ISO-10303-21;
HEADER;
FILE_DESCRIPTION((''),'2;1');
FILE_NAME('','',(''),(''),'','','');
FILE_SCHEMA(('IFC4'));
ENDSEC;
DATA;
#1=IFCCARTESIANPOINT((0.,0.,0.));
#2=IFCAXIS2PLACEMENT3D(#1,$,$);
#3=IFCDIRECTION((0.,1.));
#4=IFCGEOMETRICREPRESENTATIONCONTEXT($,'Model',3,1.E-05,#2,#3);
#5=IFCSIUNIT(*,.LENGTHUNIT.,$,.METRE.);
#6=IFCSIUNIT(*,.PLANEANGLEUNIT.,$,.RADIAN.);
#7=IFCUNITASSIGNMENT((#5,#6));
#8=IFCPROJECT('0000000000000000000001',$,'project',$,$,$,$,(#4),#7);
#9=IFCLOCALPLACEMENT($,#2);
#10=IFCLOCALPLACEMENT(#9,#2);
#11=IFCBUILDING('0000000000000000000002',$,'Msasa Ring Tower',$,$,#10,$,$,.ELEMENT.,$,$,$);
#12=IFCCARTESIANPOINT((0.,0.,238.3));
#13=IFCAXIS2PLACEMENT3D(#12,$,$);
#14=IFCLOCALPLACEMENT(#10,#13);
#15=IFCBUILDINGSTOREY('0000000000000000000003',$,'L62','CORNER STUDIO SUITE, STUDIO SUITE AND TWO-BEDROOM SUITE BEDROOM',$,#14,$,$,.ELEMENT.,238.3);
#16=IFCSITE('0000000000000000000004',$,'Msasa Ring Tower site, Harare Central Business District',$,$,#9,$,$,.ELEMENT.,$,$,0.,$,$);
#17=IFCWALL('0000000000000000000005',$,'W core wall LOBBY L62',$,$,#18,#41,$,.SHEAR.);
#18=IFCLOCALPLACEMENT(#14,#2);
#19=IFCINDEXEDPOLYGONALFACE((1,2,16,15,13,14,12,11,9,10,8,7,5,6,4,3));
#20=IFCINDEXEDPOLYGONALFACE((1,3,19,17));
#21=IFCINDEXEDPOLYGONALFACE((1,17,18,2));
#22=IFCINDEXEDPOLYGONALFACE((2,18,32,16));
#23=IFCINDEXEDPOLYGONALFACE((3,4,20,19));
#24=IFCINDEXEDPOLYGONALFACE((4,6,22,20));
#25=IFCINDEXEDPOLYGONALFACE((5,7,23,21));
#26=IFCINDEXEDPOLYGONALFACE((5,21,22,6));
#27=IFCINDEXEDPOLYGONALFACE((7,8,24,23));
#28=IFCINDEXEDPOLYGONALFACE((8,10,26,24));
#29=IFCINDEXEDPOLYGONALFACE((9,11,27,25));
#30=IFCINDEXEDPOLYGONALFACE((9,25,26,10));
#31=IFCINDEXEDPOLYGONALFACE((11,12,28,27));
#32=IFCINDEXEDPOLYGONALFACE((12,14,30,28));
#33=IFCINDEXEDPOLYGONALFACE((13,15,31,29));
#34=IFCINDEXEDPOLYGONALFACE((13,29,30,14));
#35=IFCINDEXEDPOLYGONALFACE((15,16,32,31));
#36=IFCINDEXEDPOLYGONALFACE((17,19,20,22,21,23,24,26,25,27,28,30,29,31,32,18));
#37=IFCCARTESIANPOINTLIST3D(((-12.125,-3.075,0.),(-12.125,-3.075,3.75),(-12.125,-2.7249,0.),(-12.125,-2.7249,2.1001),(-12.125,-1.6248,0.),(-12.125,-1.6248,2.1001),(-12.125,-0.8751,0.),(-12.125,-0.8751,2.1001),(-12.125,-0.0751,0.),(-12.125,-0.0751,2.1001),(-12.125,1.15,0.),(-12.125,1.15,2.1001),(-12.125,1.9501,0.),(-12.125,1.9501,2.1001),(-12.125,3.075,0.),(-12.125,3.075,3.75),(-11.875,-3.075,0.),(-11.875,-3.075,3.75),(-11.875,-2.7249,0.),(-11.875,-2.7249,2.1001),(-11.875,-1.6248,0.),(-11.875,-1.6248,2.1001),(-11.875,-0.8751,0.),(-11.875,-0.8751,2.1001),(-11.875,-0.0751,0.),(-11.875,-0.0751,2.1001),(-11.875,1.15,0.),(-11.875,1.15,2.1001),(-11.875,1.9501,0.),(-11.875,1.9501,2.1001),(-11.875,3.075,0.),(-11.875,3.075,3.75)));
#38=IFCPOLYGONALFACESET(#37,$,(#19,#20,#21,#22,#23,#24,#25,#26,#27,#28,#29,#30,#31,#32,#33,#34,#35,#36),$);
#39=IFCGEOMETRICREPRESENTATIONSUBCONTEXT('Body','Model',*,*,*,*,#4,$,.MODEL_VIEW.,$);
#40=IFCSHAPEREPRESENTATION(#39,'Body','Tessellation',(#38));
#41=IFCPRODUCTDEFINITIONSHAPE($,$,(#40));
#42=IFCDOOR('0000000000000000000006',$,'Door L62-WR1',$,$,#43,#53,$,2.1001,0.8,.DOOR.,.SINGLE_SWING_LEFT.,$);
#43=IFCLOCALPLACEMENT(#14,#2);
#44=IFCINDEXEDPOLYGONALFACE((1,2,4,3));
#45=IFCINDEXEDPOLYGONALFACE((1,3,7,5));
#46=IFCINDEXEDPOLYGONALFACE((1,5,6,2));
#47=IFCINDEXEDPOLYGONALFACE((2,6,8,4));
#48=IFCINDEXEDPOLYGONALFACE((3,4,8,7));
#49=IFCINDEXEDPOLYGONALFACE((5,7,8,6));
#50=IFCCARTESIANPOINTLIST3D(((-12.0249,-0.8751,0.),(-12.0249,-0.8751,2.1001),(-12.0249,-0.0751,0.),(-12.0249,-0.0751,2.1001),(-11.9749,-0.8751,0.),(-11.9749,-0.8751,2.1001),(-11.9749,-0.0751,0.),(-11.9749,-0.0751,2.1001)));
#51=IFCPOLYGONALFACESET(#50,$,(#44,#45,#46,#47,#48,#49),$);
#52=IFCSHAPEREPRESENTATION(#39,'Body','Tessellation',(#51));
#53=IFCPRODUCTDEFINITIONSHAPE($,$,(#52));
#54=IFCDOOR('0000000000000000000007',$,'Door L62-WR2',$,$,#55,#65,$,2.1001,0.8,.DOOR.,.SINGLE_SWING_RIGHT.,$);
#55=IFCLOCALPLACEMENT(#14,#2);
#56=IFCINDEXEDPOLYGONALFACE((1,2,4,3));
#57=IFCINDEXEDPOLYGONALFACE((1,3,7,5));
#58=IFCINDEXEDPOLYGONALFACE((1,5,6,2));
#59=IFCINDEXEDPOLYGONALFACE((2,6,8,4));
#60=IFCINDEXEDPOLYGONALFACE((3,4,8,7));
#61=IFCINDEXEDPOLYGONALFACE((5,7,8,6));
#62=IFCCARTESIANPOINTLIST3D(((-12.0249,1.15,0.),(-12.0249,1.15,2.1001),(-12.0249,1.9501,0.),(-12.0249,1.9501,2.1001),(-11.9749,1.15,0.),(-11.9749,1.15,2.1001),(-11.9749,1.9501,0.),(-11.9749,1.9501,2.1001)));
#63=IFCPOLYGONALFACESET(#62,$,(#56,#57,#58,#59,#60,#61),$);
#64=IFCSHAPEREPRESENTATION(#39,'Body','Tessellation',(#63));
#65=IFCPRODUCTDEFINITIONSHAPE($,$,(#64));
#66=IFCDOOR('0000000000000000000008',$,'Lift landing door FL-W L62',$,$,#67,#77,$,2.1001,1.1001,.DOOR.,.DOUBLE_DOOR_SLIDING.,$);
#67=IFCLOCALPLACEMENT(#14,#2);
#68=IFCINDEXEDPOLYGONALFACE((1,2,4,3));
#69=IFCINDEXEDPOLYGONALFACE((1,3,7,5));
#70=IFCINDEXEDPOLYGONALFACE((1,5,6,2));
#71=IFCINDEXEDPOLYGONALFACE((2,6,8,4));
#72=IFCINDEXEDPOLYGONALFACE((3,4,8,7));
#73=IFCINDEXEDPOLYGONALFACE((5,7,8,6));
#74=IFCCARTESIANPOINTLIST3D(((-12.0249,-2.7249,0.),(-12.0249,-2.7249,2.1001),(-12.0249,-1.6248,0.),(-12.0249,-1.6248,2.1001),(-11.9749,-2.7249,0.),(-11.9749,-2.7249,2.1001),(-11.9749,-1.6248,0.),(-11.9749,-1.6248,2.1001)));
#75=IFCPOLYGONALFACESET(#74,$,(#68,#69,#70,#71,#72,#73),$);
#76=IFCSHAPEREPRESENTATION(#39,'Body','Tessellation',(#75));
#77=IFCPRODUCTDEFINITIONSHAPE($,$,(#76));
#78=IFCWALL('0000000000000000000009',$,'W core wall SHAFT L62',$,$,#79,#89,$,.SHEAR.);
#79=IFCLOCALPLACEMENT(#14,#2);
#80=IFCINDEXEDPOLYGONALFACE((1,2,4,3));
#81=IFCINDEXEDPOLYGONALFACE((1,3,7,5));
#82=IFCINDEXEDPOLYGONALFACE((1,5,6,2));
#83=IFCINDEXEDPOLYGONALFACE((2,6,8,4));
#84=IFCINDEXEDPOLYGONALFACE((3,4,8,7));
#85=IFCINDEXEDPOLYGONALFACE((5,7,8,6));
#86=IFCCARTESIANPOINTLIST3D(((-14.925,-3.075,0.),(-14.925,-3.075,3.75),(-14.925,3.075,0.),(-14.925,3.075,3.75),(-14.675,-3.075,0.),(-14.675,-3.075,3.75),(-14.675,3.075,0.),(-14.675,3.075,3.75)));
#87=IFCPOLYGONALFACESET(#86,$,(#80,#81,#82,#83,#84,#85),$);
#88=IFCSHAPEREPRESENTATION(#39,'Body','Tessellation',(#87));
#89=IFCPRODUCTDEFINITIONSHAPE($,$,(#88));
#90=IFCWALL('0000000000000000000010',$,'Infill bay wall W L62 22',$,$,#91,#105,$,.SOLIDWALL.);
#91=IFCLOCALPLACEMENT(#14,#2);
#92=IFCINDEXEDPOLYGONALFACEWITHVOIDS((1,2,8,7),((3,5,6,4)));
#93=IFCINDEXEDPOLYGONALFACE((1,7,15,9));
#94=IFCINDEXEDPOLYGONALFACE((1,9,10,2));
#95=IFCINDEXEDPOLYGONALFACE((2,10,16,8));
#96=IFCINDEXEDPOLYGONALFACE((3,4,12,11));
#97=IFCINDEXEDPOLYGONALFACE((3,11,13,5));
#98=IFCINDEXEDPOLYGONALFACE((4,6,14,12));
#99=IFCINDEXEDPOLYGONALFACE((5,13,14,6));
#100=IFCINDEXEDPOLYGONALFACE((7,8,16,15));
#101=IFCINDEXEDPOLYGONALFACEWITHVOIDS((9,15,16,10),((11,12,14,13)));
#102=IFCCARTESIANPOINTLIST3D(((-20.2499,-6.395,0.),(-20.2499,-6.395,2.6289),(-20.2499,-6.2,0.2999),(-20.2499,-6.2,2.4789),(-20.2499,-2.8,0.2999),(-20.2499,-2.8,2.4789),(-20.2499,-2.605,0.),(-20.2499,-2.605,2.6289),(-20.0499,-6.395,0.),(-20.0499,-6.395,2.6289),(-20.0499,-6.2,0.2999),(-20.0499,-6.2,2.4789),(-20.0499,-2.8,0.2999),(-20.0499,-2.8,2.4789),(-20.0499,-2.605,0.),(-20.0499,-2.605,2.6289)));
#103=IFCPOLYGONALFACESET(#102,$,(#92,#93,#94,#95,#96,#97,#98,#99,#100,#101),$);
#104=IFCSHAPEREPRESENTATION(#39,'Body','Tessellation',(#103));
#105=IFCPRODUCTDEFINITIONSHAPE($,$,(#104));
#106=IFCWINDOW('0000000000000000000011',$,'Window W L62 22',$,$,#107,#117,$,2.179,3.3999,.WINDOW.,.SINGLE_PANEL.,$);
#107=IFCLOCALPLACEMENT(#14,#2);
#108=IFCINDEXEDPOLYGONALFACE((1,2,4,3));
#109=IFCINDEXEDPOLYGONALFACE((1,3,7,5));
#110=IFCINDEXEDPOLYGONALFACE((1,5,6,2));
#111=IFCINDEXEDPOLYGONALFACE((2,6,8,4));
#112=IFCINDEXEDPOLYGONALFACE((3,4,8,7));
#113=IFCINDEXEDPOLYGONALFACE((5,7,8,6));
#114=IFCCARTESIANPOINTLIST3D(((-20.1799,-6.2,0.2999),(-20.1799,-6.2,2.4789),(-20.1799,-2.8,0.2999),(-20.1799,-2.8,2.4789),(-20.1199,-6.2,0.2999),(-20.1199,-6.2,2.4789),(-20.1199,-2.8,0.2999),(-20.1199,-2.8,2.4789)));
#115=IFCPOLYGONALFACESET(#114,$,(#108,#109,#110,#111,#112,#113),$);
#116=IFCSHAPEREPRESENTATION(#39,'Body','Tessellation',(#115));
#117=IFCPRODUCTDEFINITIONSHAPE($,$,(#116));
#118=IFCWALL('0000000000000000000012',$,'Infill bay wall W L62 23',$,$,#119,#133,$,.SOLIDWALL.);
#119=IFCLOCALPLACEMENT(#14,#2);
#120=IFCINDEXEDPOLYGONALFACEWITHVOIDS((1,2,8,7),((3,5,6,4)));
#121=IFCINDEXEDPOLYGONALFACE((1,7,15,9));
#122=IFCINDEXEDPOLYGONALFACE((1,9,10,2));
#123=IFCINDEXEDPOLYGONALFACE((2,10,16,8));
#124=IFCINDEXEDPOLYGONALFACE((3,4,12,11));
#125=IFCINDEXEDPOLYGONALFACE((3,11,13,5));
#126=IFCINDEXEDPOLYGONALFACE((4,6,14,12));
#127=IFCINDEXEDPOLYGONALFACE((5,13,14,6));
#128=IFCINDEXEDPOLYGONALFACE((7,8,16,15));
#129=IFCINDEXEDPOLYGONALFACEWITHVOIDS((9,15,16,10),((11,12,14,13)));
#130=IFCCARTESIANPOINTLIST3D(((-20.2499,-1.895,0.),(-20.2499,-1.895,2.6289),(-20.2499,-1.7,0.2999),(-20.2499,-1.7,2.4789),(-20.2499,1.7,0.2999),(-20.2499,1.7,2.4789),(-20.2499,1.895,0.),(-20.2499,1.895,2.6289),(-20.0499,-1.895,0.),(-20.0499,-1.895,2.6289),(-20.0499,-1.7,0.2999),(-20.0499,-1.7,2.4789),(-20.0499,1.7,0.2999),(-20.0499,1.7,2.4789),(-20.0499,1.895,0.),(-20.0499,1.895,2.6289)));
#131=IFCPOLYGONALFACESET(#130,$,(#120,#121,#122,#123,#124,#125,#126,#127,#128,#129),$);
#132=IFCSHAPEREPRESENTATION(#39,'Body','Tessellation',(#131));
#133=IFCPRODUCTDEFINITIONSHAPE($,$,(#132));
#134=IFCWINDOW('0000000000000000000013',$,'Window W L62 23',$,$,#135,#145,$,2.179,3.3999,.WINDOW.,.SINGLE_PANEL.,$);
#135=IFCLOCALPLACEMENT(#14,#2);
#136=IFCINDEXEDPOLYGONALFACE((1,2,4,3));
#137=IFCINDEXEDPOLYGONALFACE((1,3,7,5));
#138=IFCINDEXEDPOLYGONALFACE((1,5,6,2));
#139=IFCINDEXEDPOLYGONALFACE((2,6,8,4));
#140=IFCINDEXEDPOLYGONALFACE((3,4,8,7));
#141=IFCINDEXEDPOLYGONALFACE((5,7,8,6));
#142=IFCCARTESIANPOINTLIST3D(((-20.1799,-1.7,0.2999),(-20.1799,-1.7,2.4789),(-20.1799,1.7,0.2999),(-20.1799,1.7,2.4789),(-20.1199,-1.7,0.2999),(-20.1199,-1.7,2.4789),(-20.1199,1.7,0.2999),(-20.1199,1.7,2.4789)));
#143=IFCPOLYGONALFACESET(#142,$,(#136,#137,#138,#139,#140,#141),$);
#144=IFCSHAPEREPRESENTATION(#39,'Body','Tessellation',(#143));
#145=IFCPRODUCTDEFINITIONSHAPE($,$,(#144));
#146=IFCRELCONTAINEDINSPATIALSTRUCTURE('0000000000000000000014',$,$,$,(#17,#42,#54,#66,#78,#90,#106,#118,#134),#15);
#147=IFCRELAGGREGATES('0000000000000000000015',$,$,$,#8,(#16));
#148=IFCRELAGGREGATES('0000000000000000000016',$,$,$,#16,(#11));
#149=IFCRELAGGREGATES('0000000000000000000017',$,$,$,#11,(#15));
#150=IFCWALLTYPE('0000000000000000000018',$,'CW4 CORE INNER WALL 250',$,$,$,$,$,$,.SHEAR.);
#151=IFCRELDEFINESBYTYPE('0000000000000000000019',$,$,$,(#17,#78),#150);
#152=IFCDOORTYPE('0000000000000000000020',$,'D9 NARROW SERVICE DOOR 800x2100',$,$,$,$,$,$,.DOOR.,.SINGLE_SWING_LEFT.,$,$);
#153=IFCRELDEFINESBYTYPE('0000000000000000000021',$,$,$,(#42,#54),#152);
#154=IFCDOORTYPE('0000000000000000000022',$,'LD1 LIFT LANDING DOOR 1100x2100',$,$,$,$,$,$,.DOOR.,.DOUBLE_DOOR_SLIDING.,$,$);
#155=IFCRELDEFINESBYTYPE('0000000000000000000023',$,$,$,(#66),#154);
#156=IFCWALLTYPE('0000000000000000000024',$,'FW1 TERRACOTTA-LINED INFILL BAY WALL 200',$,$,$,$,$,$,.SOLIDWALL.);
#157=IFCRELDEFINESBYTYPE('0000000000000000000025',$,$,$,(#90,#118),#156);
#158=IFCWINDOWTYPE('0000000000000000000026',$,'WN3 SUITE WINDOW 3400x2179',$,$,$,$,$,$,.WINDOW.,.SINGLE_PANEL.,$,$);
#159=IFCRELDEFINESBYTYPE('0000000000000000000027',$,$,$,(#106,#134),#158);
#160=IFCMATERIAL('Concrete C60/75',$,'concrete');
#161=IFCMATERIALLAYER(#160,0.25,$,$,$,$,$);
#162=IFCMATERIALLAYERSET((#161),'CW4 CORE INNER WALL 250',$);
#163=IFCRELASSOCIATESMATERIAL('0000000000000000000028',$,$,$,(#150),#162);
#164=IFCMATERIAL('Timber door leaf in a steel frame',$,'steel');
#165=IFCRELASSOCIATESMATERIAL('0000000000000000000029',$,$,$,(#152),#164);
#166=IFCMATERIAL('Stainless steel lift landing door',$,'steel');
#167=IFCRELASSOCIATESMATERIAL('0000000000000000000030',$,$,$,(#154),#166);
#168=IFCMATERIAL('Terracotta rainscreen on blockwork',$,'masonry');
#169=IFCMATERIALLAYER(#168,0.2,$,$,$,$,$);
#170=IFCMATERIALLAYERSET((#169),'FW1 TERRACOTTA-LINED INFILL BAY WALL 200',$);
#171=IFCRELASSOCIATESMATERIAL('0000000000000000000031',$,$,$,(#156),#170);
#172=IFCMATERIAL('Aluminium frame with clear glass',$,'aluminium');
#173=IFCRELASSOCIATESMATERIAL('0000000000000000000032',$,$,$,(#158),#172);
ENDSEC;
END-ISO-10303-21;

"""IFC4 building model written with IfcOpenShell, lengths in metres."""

from ifc_helpers import new_model, si_unit, direction, frame, frame_2d, origin, place, context, subcontext, project, spatial, rectangle, extrude, material, layer, layer_set, type_object, element, fill, save


model = new_model("IFC4")

# Units and contexts
model_context = context("Model", 3, precision=1e-05, world=origin(), true_north=direction((0.0, 1.0)))
body_context = subcontext(model_context, "Body", "Model", "MODEL_VIEW")
ifc_project = project(units=[si_unit("LENGTHUNIT", "METRE"), si_unit("PLANEANGLEUNIT", "RADIAN")], contexts=[model_context])

# Site, building, storey
site_placement = place(None, origin())
site = spatial("IfcSite", under=ifc_project, at=site_placement, Name="Msasa Ring Tower site, Harare Central Business District", CompositionType="ELEMENT", RefElevation=0.0)
building_placement = place(site_placement, origin())
building = spatial("IfcBuilding", under=site, at=building_placement, Name="Msasa Ring Tower", CompositionType="ELEMENT")
storey_placement = place(building_placement, frame((0.0, 0.0, 238.3)))
storey = spatial("IfcBuildingStorey", under=building, at=storey_placement, Name="L62", Description="CORNER STUDIO SUITE, STUDIO SUITE AND TWO-BEDROOM SUITE BEDROOM", CompositionType="ELEMENT", Elevation=238.3)

# Wall, openings, doors
ifc_material_1 = material(Name="Concrete C60/75", Category="concrete")
ifc_layer_1 = layer(ifc_material_1, 0.25)
ifc_layer_set_1 = layer_set([ifc_layer_1], Name="CW4 CORE INNER WALL 250")
wall_type_1 = type_object("IfcWallType", Name="CW4 CORE INNER WALL 250", PredefinedType="SHEAR", material=ifc_layer_set_1)
wall_1_placement = place(storey_placement, frame((-12.0, -3.075, 0.0), z_axis=(0.0, 0.0, 1.0), x_axis=(0.0, 1.0, 0.0)))
wall_1 = element("IfcWall", 1, at=wall_1_placement, inside=storey, type_object=wall_type_1, Name="W core wall LOBBY L62", PredefinedType="SHEAR", context=body_context, shape_type="SweptSolid", body=[
    extrude(rectangle(XDim=6.1499, YDim=0.25, at=frame_2d((3.075, 0.0))), origin(), (0.0, 0.0, 1.0), 3.75),
])
opening_1_placement = place(wall_1_placement, frame((2.2, 0.0, 0.0)))
opening_1 = element("IfcOpeningElement", 2, at=opening_1_placement, cuts=wall_1, PredefinedType="OPENING", context=body_context, shape_type="SweptSolid", body=[
    extrude(rectangle(XDim=0.8, YDim=2.1001, at=frame_2d((0.3999, 1.05))), frame((0.0, 0.135, 0.0), z_axis=(0.0, -1.0, 0.0), x_axis=(1.0, 0.0, 0.0)), (0.0, 0.0, 1.0), 0.27),
])
opening_2_placement = place(wall_1_placement, frame((4.2251, 0.0, 0.0)))
opening_2 = element("IfcOpeningElement", 3, at=opening_2_placement, cuts=wall_1, PredefinedType="OPENING", context=body_context, shape_type="SweptSolid", body=[
    extrude(rectangle(XDim=0.8, YDim=2.1001, at=frame_2d((0.3999, 1.05))), frame((0.0, 0.135, 0.0), z_axis=(0.0, -1.0, 0.0), x_axis=(1.0, 0.0, 0.0)), (0.0, 0.0, 1.0), 0.27),
])
opening_3_placement = place(wall_1_placement, frame((0.3501, 0.0, 0.0)))
opening_3 = element("IfcOpeningElement", 4, at=opening_3_placement, cuts=wall_1, PredefinedType="OPENING", context=body_context, shape_type="SweptSolid", body=[
    extrude(rectangle(XDim=1.1001, YDim=2.1001, at=frame_2d((0.55, 1.05))), frame((0.0, 0.135, 0.0), z_axis=(0.0, -1.0, 0.0), x_axis=(1.0, 0.0, 0.0)), (0.0, 0.0, 1.0), 0.27),
])
ifc_material_2 = material(Name="Timber door leaf in a steel frame", Category="steel")
door_type_1 = type_object("IfcDoorType", Name="D9 NARROW SERVICE DOOR 800x2100", OperationType="SINGLE_SWING_LEFT", PredefinedType="DOOR", material=ifc_material_2)
door_1_placement = place(opening_1_placement, origin())
door_1 = element("IfcDoor", 5, at=door_1_placement, inside=storey, type_object=door_type_1, Name="Door L62-WR1", OperationType="SINGLE_SWING_LEFT", OverallHeight=2.1001, OverallWidth=0.8, PredefinedType="DOOR", context=body_context, shape_type="SweptSolid", body=[
    extrude(rectangle(XDim=0.8, YDim=2.1001, at=frame_2d((0.3999, 1.05))), frame((0.0, 0.0249, 0.0), z_axis=(0.0, -1.0, 0.0), x_axis=(1.0, 0.0, 0.0)), (0.0, 0.0, 1.0), 0.05),
])
fill(opening_1, door_1)
door_2_placement = place(opening_2_placement, origin())
door_2 = element("IfcDoor", 6, at=door_2_placement, inside=storey, type_object=door_type_1, Name="Door L62-WR2", OperationType="SINGLE_SWING_RIGHT", OverallHeight=2.1001, OverallWidth=0.8, PredefinedType="DOOR", context=body_context, shape_type="SweptSolid", body=[
    extrude(rectangle(XDim=0.8, YDim=2.1001, at=frame_2d((0.3999, 1.05))), frame((0.0, 0.0249, 0.0), z_axis=(0.0, -1.0, 0.0), x_axis=(1.0, 0.0, 0.0)), (0.0, 0.0, 1.0), 0.05),
])
fill(opening_2, door_2)
ifc_material_3 = material(Name="Stainless steel lift landing door", Category="steel")
door_type_2 = type_object("IfcDoorType", Name="LD1 LIFT LANDING DOOR 1100x2100", OperationType="DOUBLE_DOOR_SLIDING", PredefinedType="DOOR", material=ifc_material_3)
door_3_placement = place(opening_3_placement, origin())
door_3 = element("IfcDoor", 7, at=door_3_placement, inside=storey, type_object=door_type_2, Name="Lift landing door FL-W L62", OperationType="DOUBLE_DOOR_SLIDING", OverallHeight=2.1001, OverallWidth=1.1001, PredefinedType="DOOR", context=body_context, shape_type="SweptSolid", body=[
    extrude(rectangle(XDim=1.1001, YDim=2.1001, at=frame_2d((0.55, 1.05))), frame((0.0, 0.0249, 0.0), z_axis=(0.0, -1.0, 0.0), x_axis=(1.0, 0.0, 0.0)), (0.0, 0.0, 1.0), 0.05),
])
fill(opening_3, door_3)

# Wall
wall_2_placement = place(storey_placement, frame((-14.8, -3.075, 0.0), z_axis=(0.0, 0.0, 1.0), x_axis=(0.0, 1.0, 0.0)))
element("IfcWall", 8, at=wall_2_placement, inside=storey, type_object=wall_type_1, Name="W core wall SHAFT L62", PredefinedType="SHEAR", context=body_context, shape_type="SweptSolid", body=[
    extrude(rectangle(XDim=6.1499, YDim=0.25, at=frame_2d((3.075, 0.0))), origin(), (0.0, 0.0, 1.0), 3.75),
])

# Walls, openings, windows
ifc_material_4 = material(Name="Terracotta rainscreen on blockwork", Category="masonry")
ifc_layer_2 = layer(ifc_material_4, 0.2)
ifc_layer_set_2 = layer_set([ifc_layer_2], Name="FW1 TERRACOTTA-LINED INFILL BAY WALL 200")
wall_type_2 = type_object("IfcWallType", Name="FW1 TERRACOTTA-LINED INFILL BAY WALL 200", PredefinedType="SOLIDWALL", material=ifc_layer_set_2)
wall_3_placement = place(storey_placement, frame((-20.1499, -6.395, 0.0), z_axis=(0.0, 0.0, 1.0), x_axis=(0.0, 1.0, 0.0)))
wall_3 = element("IfcWall", 9, at=wall_3_placement, inside=storey, type_object=wall_type_2, Name="Infill bay wall W L62 22", PredefinedType="SOLIDWALL", context=body_context, shape_type="SweptSolid", body=[
    extrude(rectangle(XDim=3.79, YDim=0.2, at=frame_2d((1.895, 0.0))), origin(), (0.0, 0.0, 1.0), 2.6289),
])
opening_4_placement = place(wall_3_placement, frame((0.1951, 0.0, 0.3)))
opening_4 = element("IfcOpeningElement", 10, at=opening_4_placement, cuts=wall_3, PredefinedType="OPENING", context=body_context, shape_type="SweptSolid", body=[
    extrude(rectangle(XDim=3.3999, YDim=2.179, at=frame_2d((1.7, 1.0894))), frame((0.0, 0.1099, 0.0), z_axis=(0.0, -1.0, 0.0), x_axis=(1.0, 0.0, 0.0)), (0.0, 0.0, 1.0), 0.22),
])
ifc_material_5 = material(Name="Aluminium frame with clear glass", Category="aluminium")
window_type = type_object("IfcWindowType", Name="WN3 SUITE WINDOW 3400x2179", PartitioningType="SINGLE_PANEL", PredefinedType="WINDOW", material=ifc_material_5)
window_1_placement = place(opening_4_placement, origin())
window_1 = element("IfcWindow", 11, at=window_1_placement, inside=storey, type_object=window_type, Name="Window W L62 22", OverallHeight=2.179, OverallWidth=3.3999, PartitioningType="SINGLE_PANEL", PredefinedType="WINDOW", context=body_context, shape_type="SweptSolid", body=[
    extrude(rectangle(XDim=3.3999, YDim=2.179, at=frame_2d((1.7, 1.0894))), frame((0.0, 0.03, 0.0), z_axis=(0.0, -1.0, 0.0), x_axis=(1.0, 0.0, 0.0)), (0.0, 0.0, 1.0), 0.0601),
])
fill(opening_4, window_1)
wall_4_placement = place(storey_placement, frame((-20.1499, -1.895, 0.0), z_axis=(0.0, 0.0, 1.0), x_axis=(0.0, 1.0, 0.0)))
wall_4 = element("IfcWall", 12, at=wall_4_placement, inside=storey, type_object=wall_type_2, Name="Infill bay wall W L62 23", PredefinedType="SOLIDWALL", context=body_context, shape_type="SweptSolid", body=[
    extrude(rectangle(XDim=3.79, YDim=0.2, at=frame_2d((1.895, 0.0))), origin(), (0.0, 0.0, 1.0), 2.6289),
])
opening_5_placement = place(wall_4_placement, frame((0.1951, 0.0, 0.3)))
opening_5 = element("IfcOpeningElement", 13, at=opening_5_placement, cuts=wall_4, PredefinedType="OPENING", context=body_context, shape_type="SweptSolid", body=[
    extrude(rectangle(XDim=3.3999, YDim=2.179, at=frame_2d((1.7, 1.0894))), frame((0.0, 0.1099, 0.0), z_axis=(0.0, -1.0, 0.0), x_axis=(1.0, 0.0, 0.0)), (0.0, 0.0, 1.0), 0.22),
])
window_2_placement = place(opening_5_placement, origin())
window_2 = element("IfcWindow", 14, at=window_2_placement, inside=storey, type_object=window_type, Name="Window W L62 23", OverallHeight=2.179, OverallWidth=3.3999, PartitioningType="SINGLE_PANEL", PredefinedType="WINDOW", context=body_context, shape_type="SweptSolid", body=[
    extrude(rectangle(XDim=3.3999, YDim=2.179, at=frame_2d((1.7, 1.0894))), frame((0.0, 0.03, 0.0), z_axis=(0.0, -1.0, 0.0), x_axis=(1.0, 0.0, 0.0)), (0.0, 0.0, 1.0), 0.0601),
])
fill(opening_5, window_2)

save(model, "model.ifc")
